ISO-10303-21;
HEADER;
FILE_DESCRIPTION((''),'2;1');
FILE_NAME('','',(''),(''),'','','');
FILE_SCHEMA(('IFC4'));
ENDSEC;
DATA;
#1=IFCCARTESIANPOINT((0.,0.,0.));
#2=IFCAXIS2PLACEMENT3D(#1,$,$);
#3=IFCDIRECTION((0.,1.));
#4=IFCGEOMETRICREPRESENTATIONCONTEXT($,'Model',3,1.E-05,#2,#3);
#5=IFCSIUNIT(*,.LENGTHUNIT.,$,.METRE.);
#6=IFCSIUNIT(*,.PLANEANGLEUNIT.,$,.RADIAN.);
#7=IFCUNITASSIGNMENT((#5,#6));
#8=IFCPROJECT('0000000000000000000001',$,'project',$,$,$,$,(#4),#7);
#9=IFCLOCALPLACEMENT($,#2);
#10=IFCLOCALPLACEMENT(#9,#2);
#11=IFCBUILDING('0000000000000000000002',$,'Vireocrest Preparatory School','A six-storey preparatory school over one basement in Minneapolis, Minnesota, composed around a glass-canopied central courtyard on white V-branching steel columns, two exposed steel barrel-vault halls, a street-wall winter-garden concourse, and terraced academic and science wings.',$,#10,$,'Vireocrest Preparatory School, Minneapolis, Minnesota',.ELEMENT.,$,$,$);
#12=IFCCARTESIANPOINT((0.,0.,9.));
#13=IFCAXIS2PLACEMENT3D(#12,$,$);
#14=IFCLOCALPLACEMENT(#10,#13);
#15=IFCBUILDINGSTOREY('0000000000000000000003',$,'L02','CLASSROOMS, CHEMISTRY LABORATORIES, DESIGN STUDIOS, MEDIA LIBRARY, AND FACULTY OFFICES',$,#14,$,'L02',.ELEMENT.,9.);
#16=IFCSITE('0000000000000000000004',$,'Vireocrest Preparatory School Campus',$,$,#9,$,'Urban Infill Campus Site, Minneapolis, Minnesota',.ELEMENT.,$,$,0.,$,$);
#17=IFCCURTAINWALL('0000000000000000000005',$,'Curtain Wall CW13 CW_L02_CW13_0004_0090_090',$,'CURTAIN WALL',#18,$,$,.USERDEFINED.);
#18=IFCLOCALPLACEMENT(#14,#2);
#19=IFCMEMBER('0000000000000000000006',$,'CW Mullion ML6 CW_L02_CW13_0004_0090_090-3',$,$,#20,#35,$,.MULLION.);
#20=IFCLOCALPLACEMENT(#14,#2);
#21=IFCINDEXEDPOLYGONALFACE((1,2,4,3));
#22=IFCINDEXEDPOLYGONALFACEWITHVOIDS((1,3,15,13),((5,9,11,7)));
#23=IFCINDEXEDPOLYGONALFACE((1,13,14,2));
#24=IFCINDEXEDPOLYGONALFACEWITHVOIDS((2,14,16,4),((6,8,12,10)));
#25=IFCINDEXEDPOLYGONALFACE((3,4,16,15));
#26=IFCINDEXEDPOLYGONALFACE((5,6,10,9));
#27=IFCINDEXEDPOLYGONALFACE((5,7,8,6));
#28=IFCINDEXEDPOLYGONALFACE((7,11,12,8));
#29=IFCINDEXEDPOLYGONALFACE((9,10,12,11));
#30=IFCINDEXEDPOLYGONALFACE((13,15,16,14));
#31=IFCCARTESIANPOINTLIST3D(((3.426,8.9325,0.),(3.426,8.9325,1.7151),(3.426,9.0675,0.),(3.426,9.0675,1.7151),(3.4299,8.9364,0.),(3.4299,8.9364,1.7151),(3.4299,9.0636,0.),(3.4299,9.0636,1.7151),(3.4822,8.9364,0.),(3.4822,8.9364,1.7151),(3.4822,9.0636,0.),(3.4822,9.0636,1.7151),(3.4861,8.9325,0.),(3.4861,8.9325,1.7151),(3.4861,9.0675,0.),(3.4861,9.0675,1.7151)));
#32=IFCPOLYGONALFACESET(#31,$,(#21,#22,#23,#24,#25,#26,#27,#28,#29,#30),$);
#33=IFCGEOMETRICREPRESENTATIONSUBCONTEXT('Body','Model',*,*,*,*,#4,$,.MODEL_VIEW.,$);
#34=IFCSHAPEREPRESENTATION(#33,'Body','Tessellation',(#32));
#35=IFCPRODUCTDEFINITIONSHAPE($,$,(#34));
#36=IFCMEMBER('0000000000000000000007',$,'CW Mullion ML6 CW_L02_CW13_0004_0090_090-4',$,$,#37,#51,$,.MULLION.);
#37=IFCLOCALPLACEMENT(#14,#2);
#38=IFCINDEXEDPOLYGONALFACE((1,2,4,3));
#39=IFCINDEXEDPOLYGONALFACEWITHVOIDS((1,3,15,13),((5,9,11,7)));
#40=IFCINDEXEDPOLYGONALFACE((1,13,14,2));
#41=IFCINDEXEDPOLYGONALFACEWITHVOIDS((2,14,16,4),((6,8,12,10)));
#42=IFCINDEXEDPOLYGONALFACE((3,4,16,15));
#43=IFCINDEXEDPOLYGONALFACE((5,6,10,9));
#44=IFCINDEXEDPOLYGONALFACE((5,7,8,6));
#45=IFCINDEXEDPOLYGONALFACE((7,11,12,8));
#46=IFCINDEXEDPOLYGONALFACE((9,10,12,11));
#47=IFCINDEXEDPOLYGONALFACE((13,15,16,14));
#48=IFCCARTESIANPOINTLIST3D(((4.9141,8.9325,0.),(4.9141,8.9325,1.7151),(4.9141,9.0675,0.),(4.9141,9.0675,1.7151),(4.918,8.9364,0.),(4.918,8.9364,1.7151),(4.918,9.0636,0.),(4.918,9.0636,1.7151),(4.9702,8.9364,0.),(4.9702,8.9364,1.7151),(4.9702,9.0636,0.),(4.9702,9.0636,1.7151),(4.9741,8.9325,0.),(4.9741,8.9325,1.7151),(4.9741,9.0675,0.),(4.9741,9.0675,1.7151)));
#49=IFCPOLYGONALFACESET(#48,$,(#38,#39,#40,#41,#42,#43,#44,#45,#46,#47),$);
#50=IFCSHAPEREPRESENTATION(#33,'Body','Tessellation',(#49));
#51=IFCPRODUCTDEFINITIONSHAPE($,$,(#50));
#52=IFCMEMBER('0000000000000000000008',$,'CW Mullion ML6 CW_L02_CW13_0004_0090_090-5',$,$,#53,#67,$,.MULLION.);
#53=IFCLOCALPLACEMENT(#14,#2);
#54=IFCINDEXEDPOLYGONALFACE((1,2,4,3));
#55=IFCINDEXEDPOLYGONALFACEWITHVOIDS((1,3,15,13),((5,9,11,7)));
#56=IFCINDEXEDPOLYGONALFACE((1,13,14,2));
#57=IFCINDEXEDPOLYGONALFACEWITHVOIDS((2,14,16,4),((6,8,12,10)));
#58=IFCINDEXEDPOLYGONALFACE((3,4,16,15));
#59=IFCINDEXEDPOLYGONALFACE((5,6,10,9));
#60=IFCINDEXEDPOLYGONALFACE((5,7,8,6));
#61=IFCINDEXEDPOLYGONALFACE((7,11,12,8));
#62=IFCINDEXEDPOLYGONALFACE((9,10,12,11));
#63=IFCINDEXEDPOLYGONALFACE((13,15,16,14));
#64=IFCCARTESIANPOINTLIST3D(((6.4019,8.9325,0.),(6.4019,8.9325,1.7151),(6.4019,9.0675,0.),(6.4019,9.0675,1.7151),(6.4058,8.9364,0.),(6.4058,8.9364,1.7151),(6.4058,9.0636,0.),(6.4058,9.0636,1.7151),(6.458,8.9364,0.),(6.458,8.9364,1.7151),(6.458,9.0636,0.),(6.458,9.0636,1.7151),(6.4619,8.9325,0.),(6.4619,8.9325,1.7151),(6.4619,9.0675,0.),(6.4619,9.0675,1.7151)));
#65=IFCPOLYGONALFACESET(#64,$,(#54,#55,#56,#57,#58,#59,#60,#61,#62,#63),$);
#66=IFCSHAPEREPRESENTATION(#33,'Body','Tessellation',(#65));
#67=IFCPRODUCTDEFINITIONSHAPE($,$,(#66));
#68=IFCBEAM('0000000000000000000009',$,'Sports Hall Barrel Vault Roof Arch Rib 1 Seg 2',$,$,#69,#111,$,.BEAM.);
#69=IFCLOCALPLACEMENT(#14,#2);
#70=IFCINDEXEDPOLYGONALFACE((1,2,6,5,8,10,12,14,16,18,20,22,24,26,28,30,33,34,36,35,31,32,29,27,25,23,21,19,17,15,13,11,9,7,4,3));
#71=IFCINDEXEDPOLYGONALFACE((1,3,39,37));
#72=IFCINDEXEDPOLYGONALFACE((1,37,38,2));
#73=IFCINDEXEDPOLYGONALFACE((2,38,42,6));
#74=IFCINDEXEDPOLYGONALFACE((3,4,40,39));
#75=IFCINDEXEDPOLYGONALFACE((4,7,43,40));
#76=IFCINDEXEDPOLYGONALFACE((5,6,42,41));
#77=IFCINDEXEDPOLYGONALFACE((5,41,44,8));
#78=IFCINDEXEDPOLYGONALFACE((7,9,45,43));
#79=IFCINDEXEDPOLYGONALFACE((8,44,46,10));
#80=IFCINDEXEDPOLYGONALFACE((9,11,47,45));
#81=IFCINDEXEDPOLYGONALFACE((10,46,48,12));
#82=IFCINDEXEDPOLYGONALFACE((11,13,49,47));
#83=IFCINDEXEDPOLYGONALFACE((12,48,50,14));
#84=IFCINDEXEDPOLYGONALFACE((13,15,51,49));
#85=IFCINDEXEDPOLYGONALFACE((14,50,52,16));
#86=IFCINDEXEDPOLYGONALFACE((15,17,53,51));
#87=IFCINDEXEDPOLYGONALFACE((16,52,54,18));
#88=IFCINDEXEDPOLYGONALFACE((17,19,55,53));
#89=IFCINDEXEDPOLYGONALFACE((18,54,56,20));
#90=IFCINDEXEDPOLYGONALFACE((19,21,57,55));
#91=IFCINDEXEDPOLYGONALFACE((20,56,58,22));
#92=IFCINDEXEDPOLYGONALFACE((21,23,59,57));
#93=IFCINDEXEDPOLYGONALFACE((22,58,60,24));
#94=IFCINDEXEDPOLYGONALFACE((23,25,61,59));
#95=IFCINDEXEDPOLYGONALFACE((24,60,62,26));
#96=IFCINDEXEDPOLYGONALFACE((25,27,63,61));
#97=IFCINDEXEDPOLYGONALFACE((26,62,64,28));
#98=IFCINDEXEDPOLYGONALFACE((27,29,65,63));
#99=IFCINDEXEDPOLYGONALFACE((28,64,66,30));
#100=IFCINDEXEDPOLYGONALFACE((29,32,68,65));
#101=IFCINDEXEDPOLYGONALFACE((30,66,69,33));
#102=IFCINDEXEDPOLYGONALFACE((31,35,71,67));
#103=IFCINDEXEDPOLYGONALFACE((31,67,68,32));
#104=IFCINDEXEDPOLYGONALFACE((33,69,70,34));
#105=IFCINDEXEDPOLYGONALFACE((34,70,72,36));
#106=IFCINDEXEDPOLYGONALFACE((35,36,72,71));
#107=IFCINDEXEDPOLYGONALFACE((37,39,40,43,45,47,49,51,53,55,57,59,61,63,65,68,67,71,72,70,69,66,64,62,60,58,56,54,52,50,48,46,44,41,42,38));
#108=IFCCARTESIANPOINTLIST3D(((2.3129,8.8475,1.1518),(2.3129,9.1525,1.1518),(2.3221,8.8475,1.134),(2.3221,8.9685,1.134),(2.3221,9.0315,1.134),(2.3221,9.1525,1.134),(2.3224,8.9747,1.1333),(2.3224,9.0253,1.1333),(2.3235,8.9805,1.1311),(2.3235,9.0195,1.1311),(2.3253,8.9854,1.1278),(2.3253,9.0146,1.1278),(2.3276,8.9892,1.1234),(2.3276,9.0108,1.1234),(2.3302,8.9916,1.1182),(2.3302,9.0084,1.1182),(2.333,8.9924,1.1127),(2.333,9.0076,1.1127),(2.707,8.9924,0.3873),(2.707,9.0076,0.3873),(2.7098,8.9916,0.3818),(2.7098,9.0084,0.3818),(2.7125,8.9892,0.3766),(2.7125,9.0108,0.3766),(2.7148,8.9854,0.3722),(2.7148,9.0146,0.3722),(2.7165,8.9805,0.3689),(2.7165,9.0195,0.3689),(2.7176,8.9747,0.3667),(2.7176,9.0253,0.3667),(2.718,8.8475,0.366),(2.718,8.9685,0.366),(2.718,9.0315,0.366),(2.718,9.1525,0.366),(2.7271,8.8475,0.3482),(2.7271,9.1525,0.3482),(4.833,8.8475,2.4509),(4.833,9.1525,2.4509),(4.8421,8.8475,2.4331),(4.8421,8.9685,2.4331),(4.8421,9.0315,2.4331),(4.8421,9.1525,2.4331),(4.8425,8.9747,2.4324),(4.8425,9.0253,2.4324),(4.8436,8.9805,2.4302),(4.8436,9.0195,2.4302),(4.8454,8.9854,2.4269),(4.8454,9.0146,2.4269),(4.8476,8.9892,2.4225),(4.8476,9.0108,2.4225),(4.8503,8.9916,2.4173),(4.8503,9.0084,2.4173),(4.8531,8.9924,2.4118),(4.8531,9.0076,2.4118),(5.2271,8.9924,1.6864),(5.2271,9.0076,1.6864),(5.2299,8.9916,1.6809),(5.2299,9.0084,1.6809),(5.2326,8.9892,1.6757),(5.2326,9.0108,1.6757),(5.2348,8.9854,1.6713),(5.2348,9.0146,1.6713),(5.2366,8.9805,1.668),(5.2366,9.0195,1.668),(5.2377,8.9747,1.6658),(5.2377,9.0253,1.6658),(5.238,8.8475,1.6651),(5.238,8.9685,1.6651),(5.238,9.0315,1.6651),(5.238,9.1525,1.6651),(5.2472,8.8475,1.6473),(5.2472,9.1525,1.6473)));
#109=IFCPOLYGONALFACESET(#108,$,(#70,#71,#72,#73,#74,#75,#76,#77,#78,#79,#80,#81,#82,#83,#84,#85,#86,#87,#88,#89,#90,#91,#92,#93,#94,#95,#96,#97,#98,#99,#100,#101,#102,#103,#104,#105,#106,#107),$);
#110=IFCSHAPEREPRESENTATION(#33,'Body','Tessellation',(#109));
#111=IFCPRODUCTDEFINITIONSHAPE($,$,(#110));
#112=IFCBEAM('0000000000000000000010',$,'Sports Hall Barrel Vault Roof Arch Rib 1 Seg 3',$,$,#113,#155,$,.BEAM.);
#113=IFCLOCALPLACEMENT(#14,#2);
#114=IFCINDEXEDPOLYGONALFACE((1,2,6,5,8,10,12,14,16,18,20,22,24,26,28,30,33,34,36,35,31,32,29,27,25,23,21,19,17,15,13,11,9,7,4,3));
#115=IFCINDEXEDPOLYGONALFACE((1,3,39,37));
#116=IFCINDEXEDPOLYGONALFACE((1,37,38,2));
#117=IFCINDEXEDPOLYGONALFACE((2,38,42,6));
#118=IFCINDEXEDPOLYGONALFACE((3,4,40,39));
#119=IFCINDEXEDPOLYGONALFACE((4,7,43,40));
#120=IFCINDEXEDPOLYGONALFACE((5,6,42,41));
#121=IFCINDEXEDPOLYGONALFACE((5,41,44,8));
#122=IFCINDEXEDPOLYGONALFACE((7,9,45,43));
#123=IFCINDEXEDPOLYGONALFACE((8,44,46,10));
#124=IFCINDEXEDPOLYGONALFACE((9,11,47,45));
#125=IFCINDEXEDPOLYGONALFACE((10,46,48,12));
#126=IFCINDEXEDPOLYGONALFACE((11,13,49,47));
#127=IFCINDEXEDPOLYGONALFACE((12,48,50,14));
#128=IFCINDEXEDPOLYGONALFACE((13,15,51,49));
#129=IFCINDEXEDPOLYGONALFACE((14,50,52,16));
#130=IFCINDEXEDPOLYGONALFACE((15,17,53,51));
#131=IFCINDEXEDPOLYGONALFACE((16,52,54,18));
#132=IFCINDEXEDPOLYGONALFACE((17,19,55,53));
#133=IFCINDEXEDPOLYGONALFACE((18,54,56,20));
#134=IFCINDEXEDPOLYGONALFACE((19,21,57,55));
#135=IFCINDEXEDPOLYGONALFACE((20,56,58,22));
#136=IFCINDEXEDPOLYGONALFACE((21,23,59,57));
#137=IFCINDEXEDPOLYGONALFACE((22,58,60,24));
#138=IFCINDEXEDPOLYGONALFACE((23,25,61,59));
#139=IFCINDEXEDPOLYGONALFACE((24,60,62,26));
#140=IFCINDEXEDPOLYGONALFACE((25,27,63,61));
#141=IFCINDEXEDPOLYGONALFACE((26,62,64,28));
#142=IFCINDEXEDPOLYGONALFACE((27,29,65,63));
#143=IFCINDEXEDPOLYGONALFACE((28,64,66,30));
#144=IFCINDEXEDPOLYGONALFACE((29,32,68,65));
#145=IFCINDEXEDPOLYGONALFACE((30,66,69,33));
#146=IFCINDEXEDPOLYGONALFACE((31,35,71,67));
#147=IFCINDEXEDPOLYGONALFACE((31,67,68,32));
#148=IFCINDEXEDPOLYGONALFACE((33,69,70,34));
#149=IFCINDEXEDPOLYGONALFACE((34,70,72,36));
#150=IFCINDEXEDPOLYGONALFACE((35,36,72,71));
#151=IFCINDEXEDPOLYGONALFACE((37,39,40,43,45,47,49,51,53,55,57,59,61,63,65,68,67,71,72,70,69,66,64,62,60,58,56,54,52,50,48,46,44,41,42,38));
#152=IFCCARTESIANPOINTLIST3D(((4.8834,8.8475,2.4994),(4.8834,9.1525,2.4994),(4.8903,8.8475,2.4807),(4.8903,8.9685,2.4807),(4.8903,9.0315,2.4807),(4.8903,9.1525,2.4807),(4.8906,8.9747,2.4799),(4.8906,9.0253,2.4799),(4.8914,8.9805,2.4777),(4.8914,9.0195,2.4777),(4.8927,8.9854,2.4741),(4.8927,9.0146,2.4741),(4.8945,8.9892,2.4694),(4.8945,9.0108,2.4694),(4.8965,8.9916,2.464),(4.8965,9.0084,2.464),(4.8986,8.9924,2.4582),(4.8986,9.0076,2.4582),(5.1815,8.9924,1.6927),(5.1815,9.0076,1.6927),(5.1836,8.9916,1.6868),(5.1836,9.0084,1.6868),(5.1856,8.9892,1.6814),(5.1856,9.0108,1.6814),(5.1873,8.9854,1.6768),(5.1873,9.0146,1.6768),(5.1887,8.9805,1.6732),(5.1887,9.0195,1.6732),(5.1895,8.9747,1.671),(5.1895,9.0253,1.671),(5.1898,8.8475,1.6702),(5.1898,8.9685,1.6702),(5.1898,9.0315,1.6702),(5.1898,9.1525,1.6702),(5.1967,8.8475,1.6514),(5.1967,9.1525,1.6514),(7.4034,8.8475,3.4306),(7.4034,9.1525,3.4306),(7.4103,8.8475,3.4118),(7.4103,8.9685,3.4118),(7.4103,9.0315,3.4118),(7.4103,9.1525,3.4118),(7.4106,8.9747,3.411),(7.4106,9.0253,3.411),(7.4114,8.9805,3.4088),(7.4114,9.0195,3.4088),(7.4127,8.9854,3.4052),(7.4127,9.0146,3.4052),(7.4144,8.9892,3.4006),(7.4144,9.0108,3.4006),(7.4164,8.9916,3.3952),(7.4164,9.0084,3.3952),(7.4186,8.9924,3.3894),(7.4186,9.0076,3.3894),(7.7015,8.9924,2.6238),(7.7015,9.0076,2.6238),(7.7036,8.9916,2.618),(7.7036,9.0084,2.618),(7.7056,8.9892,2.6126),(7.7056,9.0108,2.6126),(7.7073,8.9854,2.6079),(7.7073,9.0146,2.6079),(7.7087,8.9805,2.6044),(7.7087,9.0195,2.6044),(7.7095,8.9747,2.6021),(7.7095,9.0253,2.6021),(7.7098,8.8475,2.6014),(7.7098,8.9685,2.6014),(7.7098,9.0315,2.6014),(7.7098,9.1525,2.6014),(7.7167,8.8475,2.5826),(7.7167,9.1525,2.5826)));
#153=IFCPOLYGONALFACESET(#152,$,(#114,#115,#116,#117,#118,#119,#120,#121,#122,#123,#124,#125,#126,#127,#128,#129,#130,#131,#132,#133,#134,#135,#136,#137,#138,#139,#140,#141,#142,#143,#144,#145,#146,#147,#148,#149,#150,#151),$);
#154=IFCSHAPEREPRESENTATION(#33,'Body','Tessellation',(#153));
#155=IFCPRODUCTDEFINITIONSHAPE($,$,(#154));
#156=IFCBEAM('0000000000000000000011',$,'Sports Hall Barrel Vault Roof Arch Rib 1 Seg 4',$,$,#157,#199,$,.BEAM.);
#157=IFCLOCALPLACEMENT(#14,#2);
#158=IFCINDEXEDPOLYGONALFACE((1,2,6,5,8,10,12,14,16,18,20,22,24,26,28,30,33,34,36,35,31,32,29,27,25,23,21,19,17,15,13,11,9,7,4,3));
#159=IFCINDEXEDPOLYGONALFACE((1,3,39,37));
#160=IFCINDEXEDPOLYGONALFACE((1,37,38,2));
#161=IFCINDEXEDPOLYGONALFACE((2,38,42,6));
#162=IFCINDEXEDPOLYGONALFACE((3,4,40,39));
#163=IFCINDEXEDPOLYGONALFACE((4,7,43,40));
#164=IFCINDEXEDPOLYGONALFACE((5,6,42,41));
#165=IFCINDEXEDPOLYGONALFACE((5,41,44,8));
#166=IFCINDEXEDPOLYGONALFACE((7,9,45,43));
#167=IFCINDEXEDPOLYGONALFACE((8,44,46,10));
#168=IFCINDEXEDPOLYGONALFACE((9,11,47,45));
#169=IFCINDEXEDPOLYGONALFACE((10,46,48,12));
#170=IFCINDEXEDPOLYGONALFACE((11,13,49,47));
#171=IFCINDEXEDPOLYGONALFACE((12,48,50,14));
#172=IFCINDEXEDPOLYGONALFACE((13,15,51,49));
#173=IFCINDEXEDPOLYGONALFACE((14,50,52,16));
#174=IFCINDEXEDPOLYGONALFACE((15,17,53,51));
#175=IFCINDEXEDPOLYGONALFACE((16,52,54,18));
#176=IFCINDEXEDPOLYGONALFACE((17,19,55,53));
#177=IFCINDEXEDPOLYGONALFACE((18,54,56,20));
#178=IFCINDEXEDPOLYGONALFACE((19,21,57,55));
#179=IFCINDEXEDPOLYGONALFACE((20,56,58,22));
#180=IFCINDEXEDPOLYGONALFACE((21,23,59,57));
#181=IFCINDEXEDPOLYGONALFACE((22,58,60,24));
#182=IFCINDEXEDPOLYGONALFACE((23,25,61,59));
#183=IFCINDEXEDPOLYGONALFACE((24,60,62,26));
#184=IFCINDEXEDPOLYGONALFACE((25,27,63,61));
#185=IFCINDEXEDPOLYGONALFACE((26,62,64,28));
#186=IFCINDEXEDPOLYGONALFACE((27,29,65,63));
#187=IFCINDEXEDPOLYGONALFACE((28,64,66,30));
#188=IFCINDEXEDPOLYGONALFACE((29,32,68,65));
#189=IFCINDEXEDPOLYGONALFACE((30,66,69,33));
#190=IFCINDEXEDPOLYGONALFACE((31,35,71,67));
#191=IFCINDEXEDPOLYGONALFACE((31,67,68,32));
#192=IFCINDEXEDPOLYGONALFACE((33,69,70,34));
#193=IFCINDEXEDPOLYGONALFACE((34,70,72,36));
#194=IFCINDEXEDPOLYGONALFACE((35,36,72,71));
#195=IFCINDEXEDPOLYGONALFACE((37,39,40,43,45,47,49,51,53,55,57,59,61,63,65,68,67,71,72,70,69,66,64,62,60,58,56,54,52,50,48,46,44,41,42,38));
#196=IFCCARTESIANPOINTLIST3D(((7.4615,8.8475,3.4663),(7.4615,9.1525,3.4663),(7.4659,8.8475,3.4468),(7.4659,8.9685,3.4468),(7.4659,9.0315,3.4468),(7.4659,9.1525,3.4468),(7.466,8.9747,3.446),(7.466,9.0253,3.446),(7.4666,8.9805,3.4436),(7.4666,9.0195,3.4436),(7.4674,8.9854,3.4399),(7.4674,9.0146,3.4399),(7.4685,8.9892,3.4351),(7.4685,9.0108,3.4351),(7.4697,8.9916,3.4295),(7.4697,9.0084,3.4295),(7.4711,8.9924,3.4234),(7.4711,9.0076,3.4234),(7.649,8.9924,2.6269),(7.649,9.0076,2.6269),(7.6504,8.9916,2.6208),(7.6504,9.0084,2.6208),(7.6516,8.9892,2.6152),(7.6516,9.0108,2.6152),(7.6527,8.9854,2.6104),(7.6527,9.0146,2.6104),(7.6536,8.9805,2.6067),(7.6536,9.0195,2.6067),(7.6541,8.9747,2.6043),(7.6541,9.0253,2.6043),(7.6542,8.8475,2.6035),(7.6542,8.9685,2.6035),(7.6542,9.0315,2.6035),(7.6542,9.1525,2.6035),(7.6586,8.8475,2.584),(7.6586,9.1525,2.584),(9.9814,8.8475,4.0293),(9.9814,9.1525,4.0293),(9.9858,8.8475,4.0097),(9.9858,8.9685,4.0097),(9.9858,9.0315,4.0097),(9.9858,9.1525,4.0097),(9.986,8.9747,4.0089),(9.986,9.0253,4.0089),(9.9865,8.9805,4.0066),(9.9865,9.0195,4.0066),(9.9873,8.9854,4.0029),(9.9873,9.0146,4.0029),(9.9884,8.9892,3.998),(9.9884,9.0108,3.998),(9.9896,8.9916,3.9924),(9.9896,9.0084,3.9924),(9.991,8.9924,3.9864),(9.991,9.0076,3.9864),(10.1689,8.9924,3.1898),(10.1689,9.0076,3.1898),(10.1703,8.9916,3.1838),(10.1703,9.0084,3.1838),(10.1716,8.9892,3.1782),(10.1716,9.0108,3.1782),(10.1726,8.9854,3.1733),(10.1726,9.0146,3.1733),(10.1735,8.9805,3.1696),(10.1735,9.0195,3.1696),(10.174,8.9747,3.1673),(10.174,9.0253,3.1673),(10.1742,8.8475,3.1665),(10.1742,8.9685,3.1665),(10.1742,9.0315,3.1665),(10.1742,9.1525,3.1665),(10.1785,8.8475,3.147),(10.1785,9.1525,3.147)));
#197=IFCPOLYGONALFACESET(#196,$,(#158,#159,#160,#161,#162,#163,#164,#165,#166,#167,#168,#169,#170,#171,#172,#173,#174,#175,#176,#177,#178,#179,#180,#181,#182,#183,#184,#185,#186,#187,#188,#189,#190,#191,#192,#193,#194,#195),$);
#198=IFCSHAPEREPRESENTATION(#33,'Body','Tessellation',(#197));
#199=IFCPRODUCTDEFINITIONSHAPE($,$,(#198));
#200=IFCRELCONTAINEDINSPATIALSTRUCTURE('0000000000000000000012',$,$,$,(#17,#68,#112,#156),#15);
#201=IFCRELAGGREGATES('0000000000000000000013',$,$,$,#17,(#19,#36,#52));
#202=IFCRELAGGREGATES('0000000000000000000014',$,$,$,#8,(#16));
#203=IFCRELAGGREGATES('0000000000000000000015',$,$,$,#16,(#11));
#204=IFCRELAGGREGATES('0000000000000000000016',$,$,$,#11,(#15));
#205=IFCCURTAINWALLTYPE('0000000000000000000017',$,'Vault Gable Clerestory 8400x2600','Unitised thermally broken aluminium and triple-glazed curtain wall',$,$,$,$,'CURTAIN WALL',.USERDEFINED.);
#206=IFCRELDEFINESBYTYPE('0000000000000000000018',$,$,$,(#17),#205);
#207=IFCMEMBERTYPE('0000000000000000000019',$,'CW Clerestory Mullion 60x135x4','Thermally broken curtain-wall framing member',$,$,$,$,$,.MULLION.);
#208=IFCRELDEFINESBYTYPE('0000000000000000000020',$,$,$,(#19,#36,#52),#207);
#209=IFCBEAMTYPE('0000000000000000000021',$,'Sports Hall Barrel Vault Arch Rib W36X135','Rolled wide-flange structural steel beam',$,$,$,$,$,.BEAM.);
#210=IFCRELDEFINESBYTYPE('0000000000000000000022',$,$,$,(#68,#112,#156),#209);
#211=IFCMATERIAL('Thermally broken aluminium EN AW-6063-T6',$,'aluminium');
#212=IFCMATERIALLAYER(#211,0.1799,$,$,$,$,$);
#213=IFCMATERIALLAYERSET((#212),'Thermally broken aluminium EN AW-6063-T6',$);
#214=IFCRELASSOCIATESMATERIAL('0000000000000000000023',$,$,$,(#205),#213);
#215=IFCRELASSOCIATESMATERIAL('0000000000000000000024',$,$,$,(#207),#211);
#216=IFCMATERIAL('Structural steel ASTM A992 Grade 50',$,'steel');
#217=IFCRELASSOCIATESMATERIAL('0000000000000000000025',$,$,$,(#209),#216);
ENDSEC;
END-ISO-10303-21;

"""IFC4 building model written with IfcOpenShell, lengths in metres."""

from ifc_helpers import new_model, si_unit, direction, frame, origin, origin_2d, place, context, subcontext, project, spatial, hollow_rectangle, i_section, extrude, material, layer, layer_set, material_profile, profile_set, type_object, element, aggregate, save


model = new_model("IFC4")

# Units and contexts
model_context = context("Model", 3, precision=1e-05, world=origin(), true_north=direction((0.0, 1.0)))
body_context = subcontext(model_context, "Body", "Model", "MODEL_VIEW")
ifc_project = project(units=[si_unit("LENGTHUNIT", "METRE"), si_unit("PLANEANGLEUNIT", "RADIAN")], contexts=[model_context])

# Site, building, storey
site_placement = place(None, origin())
site = spatial("IfcSite", under=ifc_project, at=site_placement, Name="Vireocrest Preparatory School Campus", LongName="Urban Infill Campus Site, Minneapolis, Minnesota", CompositionType="ELEMENT", RefElevation=0.0)
building_placement = place(site_placement, origin())
building = spatial("IfcBuilding", under=site, at=building_placement, Name="Vireocrest Preparatory School", Description="A six-storey preparatory school over one basement in Minneapolis, Minnesota, composed around a glass-canopied central courtyard on white V-branching steel columns, two exposed steel barrel-vault halls, a street-wall winter-garden concourse, and terraced academic and science wings.", LongName="Vireocrest Preparatory School, Minneapolis, Minnesota", CompositionType="ELEMENT")
storey_placement = place(building_placement, frame((0.0, 0.0, 9.0)))
storey = spatial("IfcBuildingStorey", under=building, at=storey_placement, Name="L02", Description="CLASSROOMS, CHEMISTRY LABORATORIES, DESIGN STUDIOS, MEDIA LIBRARY, AND FACULTY OFFICES", LongName="L02", CompositionType="ELEMENT", Elevation=9.0)

# Curtain wall, members
ifc_material_1 = material(Name="Thermally broken aluminium EN AW-6063-T6", Category="aluminium")
ifc_layer_1 = layer(ifc_material_1, 0.1799)
ifc_layer_set_1 = layer_set([ifc_layer_1], Name="Thermally broken aluminium EN AW-6063-T6")
curtain_wall_type = type_object("IfcCurtainWallType", Name="Vault Gable Clerestory 8400x2600", Description="Unitised thermally broken aluminium and triple-glazed curtain wall", ElementType="CURTAIN WALL", PredefinedType="USERDEFINED", material=ifc_layer_set_1)
curtain_wall_placement = place(storey_placement, origin())
curtain_wall = element("IfcCurtainWall", 1, at=curtain_wall_placement, inside=storey, type_object=curtain_wall_type, Name="Curtain Wall CW13 CW_L02_CW13_0004_0090_090", ObjectType="CURTAIN WALL", PredefinedType="USERDEFINED")
ifc_material_profile_1 = material_profile(ifc_material_1, hollow_rectangle(XDim=0.0601, YDim=0.135, WallThickness=0.0039, at=origin_2d()), Name="ALU 60x135x4")
ifc_profile_set_1 = profile_set([ifc_material_profile_1], Name="Thermally broken aluminium EN AW-6063-T6")
member_type_1 = type_object("IfcMemberType", Name="CW Clerestory Mullion 60x135x4", Description="Thermally broken curtain-wall framing member", PredefinedType="MULLION", material=ifc_profile_set_1)
member_1_placement = place(storey_placement, frame((3.4561, 9.0, 0.0), z_axis=(0.0, 0.0, 1.0), x_axis=(1.0, 0.0, 0.0)))
member_1 = element("IfcMember", 2, at=member_1_placement, type_object=member_type_1, Name="CW Mullion ML6 CW_L02_CW13_0004_0090_090-3", PredefinedType="MULLION", context=body_context, shape_type="SweptSolid", body=[
    extrude(hollow_rectangle(XDim=0.0601, YDim=0.135, WallThickness=0.0039, at=origin_2d()), origin(), (0.0, 0.0, 1.0), 1.7151),
])
member_2_placement = place(storey_placement, frame((4.9441, 9.0, 0.0), z_axis=(0.0, 0.0, 1.0), x_axis=(1.0, 0.0, 0.0)))
member_2 = element("IfcMember", 3, at=member_2_placement, type_object=member_type_1, Name="CW Mullion ML6 CW_L02_CW13_0004_0090_090-4", PredefinedType="MULLION", context=body_context, shape_type="SweptSolid", body=[
    extrude(hollow_rectangle(XDim=0.0601, YDim=0.135, WallThickness=0.0039, at=origin_2d()), origin(), (0.0, 0.0, 1.0), 1.7151),
])
member_3_placement = place(storey_placement, frame((6.4319, 9.0, 0.0), z_axis=(0.0, 0.0, 1.0), x_axis=(1.0, 0.0, 0.0)))
member_3 = element("IfcMember", 4, at=member_3_placement, type_object=member_type_1, Name="CW Mullion ML6 CW_L02_CW13_0004_0090_090-5", PredefinedType="MULLION", context=body_context, shape_type="SweptSolid", body=[
    extrude(hollow_rectangle(XDim=0.0601, YDim=0.135, WallThickness=0.0039, at=origin_2d()), origin(), (0.0, 0.0, 1.0), 1.7151),
])

# Beams
ifc_material_2 = material(Name="Structural steel ASTM A992 Grade 50", Category="steel")
ifc_material_profile_2 = material_profile(ifc_material_2, i_section(OverallWidth=0.3049, OverallDepth=0.9041, WebThickness=0.0151, FlangeThickness=0.02, FilletRadius=0.0239, at=origin_2d()), Name="W36X135")
ifc_profile_set_2 = profile_set([ifc_material_profile_2], Name="Structural steel ASTM A992 Grade 50")
beam_type_1 = type_object("IfcBeamType", Name="Sports Hall Barrel Vault Arch Rib W36X135", Description="Rolled wide-flange structural steel beam", PredefinedType="BEAM", material=ifc_profile_set_2)
beam_1_placement = place(storey_placement, frame((2.52, 9.0, 0.75), z_axis=(0.888848, 0.0, 0.458202), x_axis=(0.0, 1.0, 0.0)))
element("IfcBeam", 5, at=beam_1_placement, inside=storey, type_object=beam_type_1, Name="Sports Hall Barrel Vault Roof Arch Rib 1 Seg 2", PredefinedType="BEAM", context=body_context, shape_type="SweptSolid", body=[
    extrude(i_section(OverallWidth=0.3049, OverallDepth=0.9041, WebThickness=0.0151, FlangeThickness=0.02, FilletRadius=0.0239, at=origin_2d()), origin(), (0.0, 0.0, 1.0), 2.8352),
])
beam_2_placement = place(storey_placement, frame((5.04, 9.0, 2.0754), z_axis=(0.938014, 0.0, 0.346598), x_axis=(0.0, 1.0, 0.0)))
element("IfcBeam", 6, at=beam_2_placement, inside=storey, type_object=beam_type_1, Name="Sports Hall Barrel Vault Roof Arch Rib 1 Seg 3", PredefinedType="BEAM", context=body_context, shape_type="SweptSolid", body=[
    extrude(i_section(OverallWidth=0.3049, OverallDepth=0.9041, WebThickness=0.0151, FlangeThickness=0.02, FilletRadius=0.0239, at=origin_2d()), origin(), (0.0, 0.0, 1.0), 2.6865),
])
beam_3_placement = place(storey_placement, frame((7.5601, 9.0, 3.0251), z_axis=(0.975942, 0.0, 0.218032), x_axis=(0.0, 1.0, 0.0)))
element("IfcBeam", 7, at=beam_3_placement, inside=storey, type_object=beam_type_1, Name="Sports Hall Barrel Vault Roof Arch Rib 1 Seg 4", PredefinedType="BEAM", context=body_context, shape_type="SweptSolid", body=[
    extrude(i_section(OverallWidth=0.3049, OverallDepth=0.9041, WebThickness=0.0151, FlangeThickness=0.02, FilletRadius=0.0239, at=origin_2d()), origin(), (0.0, 0.0, 1.0), 2.582),
])

aggregate(curtain_wall, [member_1, member_2, member_3])

save(model, "model.ifc")
